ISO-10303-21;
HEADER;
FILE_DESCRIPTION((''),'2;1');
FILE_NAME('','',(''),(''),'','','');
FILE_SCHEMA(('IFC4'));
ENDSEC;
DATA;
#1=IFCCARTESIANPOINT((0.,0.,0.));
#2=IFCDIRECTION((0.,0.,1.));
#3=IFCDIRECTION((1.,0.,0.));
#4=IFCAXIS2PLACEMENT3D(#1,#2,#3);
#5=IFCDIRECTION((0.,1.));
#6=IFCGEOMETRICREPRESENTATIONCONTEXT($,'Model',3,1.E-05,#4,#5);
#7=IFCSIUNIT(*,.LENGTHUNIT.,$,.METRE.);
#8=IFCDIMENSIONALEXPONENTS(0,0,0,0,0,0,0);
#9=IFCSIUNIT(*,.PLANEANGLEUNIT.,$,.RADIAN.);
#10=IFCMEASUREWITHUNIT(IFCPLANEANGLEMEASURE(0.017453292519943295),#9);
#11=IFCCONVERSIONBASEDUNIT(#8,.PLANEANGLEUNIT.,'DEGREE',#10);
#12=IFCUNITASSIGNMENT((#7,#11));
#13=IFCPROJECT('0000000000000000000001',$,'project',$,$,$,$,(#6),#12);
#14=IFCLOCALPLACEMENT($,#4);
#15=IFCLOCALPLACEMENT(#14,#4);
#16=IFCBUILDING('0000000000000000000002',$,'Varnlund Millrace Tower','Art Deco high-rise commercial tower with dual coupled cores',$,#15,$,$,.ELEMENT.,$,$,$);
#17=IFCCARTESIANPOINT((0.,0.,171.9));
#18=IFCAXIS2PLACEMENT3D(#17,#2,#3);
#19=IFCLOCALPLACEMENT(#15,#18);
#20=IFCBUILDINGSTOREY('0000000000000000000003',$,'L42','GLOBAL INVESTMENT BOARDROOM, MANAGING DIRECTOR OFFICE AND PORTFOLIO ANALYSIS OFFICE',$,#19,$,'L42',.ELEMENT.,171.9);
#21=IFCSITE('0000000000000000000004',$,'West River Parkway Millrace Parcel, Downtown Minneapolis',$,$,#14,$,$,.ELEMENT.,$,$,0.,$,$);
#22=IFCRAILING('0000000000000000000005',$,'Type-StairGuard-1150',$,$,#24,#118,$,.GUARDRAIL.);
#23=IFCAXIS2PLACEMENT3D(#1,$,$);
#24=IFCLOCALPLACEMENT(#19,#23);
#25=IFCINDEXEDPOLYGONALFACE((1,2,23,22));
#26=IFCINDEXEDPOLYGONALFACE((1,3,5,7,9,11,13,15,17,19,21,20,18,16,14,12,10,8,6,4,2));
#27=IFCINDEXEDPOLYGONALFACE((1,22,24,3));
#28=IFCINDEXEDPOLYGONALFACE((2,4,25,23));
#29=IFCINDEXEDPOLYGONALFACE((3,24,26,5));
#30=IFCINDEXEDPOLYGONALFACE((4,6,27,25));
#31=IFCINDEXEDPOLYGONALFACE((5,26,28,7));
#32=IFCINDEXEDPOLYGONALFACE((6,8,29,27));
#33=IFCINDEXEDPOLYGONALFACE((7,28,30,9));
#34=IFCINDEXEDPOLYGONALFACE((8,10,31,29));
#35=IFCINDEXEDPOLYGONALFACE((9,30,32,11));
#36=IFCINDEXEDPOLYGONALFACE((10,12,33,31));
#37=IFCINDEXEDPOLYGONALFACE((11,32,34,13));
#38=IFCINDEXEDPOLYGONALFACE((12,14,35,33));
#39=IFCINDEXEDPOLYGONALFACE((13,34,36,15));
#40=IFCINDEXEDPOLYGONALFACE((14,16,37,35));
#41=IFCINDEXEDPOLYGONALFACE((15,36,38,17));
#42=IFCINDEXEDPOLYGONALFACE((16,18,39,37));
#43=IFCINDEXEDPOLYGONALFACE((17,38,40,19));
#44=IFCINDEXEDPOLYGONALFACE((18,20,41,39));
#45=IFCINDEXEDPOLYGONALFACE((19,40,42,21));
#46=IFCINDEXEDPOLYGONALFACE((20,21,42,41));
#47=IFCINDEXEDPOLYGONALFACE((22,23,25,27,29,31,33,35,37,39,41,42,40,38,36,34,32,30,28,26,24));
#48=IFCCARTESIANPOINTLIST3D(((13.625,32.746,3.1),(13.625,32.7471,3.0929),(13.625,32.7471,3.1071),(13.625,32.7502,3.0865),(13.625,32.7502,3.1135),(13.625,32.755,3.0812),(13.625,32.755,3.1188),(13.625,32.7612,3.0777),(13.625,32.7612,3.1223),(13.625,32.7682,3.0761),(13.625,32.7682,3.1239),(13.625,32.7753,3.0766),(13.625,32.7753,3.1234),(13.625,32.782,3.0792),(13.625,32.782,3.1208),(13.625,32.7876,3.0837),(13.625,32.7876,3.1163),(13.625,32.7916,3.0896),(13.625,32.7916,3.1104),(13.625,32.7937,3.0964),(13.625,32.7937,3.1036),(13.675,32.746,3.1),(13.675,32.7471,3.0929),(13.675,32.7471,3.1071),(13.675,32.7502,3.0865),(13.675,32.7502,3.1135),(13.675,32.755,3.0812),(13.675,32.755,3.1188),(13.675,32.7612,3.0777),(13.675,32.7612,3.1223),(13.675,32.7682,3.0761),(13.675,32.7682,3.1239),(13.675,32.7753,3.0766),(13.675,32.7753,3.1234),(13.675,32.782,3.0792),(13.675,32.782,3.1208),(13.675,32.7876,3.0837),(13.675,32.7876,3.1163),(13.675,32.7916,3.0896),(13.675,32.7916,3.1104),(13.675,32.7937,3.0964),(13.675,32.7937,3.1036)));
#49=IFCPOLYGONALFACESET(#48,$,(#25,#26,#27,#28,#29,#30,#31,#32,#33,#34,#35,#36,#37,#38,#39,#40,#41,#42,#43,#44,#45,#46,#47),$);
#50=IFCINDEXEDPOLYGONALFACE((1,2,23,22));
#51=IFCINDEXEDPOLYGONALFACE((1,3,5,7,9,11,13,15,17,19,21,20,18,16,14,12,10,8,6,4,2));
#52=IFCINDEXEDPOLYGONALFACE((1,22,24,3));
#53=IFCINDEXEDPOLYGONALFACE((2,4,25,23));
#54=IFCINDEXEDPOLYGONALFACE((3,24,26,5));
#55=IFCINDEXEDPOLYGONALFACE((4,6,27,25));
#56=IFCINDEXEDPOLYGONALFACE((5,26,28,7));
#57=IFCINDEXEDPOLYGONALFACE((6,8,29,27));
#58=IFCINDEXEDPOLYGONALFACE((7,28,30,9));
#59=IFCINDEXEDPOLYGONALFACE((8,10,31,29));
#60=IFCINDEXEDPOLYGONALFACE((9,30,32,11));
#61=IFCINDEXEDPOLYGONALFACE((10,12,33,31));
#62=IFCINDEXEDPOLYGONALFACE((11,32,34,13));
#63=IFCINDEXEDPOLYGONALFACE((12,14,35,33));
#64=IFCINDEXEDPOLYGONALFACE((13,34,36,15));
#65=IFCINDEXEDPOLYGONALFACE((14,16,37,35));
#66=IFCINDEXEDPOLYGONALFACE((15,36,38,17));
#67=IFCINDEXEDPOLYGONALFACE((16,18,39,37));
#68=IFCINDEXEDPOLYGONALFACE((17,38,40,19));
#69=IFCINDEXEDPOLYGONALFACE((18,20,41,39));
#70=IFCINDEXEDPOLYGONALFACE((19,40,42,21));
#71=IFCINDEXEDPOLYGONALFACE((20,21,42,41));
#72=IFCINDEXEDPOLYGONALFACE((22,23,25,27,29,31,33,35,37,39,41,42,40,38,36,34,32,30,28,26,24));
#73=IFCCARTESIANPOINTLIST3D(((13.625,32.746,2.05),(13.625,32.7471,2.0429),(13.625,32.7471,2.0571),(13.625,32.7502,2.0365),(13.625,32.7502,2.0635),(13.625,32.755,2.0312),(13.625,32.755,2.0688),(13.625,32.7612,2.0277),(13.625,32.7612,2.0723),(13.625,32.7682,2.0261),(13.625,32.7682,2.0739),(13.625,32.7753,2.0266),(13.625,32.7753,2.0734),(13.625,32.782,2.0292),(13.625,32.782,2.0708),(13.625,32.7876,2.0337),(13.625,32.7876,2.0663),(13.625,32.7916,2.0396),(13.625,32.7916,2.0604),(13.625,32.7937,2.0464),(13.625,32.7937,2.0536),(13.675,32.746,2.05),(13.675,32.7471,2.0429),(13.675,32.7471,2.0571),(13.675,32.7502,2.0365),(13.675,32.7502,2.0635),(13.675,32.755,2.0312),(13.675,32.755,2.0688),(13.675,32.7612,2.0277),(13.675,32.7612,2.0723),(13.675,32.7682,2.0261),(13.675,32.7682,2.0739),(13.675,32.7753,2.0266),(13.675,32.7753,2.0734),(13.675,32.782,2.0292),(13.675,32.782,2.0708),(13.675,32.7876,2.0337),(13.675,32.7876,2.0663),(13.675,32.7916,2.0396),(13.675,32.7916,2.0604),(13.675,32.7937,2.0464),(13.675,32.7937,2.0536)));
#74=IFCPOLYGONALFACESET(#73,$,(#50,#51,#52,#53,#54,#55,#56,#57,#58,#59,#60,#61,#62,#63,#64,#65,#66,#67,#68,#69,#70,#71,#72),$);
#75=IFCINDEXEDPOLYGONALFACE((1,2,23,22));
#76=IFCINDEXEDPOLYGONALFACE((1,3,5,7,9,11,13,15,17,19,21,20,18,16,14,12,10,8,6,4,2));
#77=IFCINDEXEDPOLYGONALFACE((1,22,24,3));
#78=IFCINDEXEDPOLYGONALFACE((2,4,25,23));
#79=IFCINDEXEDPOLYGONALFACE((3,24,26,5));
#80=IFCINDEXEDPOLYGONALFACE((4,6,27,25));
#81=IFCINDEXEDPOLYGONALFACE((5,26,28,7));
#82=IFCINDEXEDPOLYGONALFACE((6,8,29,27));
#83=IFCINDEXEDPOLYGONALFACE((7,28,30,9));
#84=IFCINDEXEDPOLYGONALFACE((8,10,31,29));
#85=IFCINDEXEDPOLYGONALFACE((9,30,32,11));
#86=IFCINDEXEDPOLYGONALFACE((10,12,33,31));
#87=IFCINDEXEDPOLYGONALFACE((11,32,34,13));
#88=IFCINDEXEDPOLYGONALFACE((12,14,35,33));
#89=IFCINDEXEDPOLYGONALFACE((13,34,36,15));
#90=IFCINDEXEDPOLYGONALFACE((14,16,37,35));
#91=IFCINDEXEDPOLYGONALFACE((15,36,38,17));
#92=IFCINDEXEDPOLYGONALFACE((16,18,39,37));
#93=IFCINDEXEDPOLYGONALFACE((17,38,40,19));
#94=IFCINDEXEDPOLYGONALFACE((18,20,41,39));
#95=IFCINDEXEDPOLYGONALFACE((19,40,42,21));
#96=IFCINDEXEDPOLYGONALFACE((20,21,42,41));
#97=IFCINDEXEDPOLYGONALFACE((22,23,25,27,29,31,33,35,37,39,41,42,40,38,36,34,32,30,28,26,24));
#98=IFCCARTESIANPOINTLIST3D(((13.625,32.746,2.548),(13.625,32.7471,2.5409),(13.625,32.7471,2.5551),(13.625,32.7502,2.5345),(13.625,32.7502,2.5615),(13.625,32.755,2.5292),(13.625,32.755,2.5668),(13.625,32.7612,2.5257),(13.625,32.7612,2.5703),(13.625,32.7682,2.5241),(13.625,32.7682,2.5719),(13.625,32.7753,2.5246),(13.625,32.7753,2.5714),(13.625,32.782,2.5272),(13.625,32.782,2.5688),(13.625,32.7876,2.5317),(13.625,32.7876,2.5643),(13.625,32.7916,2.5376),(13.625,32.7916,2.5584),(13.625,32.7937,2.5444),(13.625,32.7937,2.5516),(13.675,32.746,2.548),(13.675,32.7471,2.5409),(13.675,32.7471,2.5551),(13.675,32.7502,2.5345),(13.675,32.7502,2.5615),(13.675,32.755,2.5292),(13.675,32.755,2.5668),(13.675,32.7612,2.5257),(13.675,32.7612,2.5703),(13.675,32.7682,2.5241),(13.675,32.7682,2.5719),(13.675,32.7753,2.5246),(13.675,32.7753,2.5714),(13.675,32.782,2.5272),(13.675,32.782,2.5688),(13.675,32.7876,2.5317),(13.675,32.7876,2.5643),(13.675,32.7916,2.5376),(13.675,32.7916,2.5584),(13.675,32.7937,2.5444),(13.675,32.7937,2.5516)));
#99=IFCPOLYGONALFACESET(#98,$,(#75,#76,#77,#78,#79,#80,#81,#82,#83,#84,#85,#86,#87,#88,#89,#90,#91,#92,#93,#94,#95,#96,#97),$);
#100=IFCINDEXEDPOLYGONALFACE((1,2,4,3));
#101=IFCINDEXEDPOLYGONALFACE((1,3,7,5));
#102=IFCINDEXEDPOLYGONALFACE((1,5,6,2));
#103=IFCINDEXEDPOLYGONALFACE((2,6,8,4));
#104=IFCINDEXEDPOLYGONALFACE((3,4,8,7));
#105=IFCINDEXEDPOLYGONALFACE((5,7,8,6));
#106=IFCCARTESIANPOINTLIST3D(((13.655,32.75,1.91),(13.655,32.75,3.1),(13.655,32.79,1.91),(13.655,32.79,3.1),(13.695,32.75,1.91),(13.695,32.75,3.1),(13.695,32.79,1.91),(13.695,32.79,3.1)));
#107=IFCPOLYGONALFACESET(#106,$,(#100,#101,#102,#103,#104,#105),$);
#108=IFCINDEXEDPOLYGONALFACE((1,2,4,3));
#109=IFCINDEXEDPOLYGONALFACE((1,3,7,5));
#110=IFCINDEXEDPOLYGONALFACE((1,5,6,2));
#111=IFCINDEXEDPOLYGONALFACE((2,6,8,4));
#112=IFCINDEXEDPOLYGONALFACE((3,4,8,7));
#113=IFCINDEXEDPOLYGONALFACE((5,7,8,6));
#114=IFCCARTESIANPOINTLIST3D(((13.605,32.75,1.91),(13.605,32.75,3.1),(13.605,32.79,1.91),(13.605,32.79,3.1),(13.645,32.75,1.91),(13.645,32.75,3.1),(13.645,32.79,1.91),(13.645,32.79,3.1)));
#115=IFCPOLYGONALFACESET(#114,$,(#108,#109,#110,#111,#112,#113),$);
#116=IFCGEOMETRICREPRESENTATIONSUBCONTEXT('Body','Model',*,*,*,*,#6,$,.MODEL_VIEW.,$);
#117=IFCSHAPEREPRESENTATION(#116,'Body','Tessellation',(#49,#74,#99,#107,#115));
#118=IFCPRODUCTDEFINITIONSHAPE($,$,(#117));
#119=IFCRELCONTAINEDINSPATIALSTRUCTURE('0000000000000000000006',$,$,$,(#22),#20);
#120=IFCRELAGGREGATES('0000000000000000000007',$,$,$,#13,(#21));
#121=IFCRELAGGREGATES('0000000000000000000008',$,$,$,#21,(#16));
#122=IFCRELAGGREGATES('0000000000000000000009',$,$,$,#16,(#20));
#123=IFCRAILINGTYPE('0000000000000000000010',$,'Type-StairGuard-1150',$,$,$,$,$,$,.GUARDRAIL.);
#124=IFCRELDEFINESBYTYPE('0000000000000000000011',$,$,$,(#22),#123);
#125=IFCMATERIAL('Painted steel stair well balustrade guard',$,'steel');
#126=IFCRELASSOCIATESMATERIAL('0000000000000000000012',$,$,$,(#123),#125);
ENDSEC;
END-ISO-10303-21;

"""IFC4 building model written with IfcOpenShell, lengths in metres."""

from ifc_helpers import new_model, entity, si_unit, converted_unit, direction, frame, origin_with_axes, origin_2d_with_axis, place, context, subcontext, project, spatial, rectangle, circle, extrude, material, type_object, element, save


model = new_model("IFC4")

# Units and contexts
model_context = context("Model", 3, precision=1e-05, world=origin_with_axes(), true_north=direction((0.0, 1.0)))
body_context = subcontext(model_context, "Body", "Model", "MODEL_VIEW")
ifc_project = project(units=[si_unit("LENGTHUNIT", "METRE"), converted_unit("PLANEANGLEUNIT", "DEGREE", entity("IfcPlaneAngleMeasure", 0.017453292519943295), si_unit("PLANEANGLEUNIT", "RADIAN"), dimensions=[0, 0, 0, 0, 0, 0, 0])], contexts=[model_context])

# Site, building, storey
site_placement = place(None, origin_with_axes())
site = spatial("IfcSite", under=ifc_project, at=site_placement, Name="West River Parkway Millrace Parcel, Downtown Minneapolis", CompositionType="ELEMENT", RefElevation=0.0)
building_placement = place(site_placement, origin_with_axes())
building = spatial("IfcBuilding", under=site, at=building_placement, Name="Varnlund Millrace Tower", Description="Art Deco high-rise commercial tower with dual coupled cores", CompositionType="ELEMENT")
storey_placement = place(building_placement, frame((0.0, 0.0, 171.9), z_axis=(0.0, 0.0, 1.0), x_axis=(1.0, 0.0, 0.0)))
storey = spatial("IfcBuildingStorey", under=building, at=storey_placement, Name="L42", Description="GLOBAL INVESTMENT BOARDROOM, MANAGING DIRECTOR OFFICE AND PORTFOLIO ANALYSIS OFFICE", LongName="L42", CompositionType="ELEMENT", Elevation=171.9)

# Railing
ifc_material_1 = material(Name="Painted steel stair well balustrade guard", Category="steel")
railing_type_1 = type_object("IfcRailingType", Name="Type-StairGuard-1150", PredefinedType="GUARDRAIL", material=ifc_material_1)
railing_1_placement = place(storey_placement, frame((0.0, 0.0, -171.9), z_axis=(0.0, 0.0, 1.0), x_axis=(1.0, 0.0, 0.0)))
element("IfcRailing", 1, at=railing_1_placement, inside=storey, type_object=railing_type_1, Name="Type-StairGuard-1150", PredefinedType="GUARDRAIL", context=body_context, shape_type="SweptSolid", body=[
    extrude(circle(Radius=0.024, at=origin_2d_with_axis()), frame((13.675, 32.77, 175.0), z_axis=(-1.0, 0.0, 0.0), x_axis=(0.0, -1.0, 0.0)), (0.0, 0.0, 1.0), 0.05),
    extrude(circle(Radius=0.024, at=origin_2d_with_axis()), frame((13.675, 32.77, 173.95), z_axis=(-1.0, 0.0, 0.0), x_axis=(0.0, -1.0, 0.0)), (0.0, 0.0, 1.0), 0.05),
    extrude(circle(Radius=0.024, at=origin_2d_with_axis()), frame((13.675, 32.77, 174.448), z_axis=(-1.0, 0.0, 0.0), x_axis=(0.0, -1.0, 0.0)), (0.0, 0.0, 1.0), 0.05),
    extrude(rectangle(XDim=0.04, YDim=0.04, at=origin_2d_with_axis()), frame((13.675, 32.77, 173.81), z_axis=(0.0, 0.0, 1.0), x_axis=(1.0, 0.0, 0.0)), (0.0, 0.0, 1.0), 1.19),
    extrude(rectangle(XDim=0.04, YDim=0.04, at=origin_2d_with_axis()), frame((13.625, 32.77, 173.81), z_axis=(0.0, 0.0, 1.0), x_axis=(1.0, 0.0, 0.0)), (0.0, 0.0, 1.0), 1.19),
])

save(model, "model.ifc")
